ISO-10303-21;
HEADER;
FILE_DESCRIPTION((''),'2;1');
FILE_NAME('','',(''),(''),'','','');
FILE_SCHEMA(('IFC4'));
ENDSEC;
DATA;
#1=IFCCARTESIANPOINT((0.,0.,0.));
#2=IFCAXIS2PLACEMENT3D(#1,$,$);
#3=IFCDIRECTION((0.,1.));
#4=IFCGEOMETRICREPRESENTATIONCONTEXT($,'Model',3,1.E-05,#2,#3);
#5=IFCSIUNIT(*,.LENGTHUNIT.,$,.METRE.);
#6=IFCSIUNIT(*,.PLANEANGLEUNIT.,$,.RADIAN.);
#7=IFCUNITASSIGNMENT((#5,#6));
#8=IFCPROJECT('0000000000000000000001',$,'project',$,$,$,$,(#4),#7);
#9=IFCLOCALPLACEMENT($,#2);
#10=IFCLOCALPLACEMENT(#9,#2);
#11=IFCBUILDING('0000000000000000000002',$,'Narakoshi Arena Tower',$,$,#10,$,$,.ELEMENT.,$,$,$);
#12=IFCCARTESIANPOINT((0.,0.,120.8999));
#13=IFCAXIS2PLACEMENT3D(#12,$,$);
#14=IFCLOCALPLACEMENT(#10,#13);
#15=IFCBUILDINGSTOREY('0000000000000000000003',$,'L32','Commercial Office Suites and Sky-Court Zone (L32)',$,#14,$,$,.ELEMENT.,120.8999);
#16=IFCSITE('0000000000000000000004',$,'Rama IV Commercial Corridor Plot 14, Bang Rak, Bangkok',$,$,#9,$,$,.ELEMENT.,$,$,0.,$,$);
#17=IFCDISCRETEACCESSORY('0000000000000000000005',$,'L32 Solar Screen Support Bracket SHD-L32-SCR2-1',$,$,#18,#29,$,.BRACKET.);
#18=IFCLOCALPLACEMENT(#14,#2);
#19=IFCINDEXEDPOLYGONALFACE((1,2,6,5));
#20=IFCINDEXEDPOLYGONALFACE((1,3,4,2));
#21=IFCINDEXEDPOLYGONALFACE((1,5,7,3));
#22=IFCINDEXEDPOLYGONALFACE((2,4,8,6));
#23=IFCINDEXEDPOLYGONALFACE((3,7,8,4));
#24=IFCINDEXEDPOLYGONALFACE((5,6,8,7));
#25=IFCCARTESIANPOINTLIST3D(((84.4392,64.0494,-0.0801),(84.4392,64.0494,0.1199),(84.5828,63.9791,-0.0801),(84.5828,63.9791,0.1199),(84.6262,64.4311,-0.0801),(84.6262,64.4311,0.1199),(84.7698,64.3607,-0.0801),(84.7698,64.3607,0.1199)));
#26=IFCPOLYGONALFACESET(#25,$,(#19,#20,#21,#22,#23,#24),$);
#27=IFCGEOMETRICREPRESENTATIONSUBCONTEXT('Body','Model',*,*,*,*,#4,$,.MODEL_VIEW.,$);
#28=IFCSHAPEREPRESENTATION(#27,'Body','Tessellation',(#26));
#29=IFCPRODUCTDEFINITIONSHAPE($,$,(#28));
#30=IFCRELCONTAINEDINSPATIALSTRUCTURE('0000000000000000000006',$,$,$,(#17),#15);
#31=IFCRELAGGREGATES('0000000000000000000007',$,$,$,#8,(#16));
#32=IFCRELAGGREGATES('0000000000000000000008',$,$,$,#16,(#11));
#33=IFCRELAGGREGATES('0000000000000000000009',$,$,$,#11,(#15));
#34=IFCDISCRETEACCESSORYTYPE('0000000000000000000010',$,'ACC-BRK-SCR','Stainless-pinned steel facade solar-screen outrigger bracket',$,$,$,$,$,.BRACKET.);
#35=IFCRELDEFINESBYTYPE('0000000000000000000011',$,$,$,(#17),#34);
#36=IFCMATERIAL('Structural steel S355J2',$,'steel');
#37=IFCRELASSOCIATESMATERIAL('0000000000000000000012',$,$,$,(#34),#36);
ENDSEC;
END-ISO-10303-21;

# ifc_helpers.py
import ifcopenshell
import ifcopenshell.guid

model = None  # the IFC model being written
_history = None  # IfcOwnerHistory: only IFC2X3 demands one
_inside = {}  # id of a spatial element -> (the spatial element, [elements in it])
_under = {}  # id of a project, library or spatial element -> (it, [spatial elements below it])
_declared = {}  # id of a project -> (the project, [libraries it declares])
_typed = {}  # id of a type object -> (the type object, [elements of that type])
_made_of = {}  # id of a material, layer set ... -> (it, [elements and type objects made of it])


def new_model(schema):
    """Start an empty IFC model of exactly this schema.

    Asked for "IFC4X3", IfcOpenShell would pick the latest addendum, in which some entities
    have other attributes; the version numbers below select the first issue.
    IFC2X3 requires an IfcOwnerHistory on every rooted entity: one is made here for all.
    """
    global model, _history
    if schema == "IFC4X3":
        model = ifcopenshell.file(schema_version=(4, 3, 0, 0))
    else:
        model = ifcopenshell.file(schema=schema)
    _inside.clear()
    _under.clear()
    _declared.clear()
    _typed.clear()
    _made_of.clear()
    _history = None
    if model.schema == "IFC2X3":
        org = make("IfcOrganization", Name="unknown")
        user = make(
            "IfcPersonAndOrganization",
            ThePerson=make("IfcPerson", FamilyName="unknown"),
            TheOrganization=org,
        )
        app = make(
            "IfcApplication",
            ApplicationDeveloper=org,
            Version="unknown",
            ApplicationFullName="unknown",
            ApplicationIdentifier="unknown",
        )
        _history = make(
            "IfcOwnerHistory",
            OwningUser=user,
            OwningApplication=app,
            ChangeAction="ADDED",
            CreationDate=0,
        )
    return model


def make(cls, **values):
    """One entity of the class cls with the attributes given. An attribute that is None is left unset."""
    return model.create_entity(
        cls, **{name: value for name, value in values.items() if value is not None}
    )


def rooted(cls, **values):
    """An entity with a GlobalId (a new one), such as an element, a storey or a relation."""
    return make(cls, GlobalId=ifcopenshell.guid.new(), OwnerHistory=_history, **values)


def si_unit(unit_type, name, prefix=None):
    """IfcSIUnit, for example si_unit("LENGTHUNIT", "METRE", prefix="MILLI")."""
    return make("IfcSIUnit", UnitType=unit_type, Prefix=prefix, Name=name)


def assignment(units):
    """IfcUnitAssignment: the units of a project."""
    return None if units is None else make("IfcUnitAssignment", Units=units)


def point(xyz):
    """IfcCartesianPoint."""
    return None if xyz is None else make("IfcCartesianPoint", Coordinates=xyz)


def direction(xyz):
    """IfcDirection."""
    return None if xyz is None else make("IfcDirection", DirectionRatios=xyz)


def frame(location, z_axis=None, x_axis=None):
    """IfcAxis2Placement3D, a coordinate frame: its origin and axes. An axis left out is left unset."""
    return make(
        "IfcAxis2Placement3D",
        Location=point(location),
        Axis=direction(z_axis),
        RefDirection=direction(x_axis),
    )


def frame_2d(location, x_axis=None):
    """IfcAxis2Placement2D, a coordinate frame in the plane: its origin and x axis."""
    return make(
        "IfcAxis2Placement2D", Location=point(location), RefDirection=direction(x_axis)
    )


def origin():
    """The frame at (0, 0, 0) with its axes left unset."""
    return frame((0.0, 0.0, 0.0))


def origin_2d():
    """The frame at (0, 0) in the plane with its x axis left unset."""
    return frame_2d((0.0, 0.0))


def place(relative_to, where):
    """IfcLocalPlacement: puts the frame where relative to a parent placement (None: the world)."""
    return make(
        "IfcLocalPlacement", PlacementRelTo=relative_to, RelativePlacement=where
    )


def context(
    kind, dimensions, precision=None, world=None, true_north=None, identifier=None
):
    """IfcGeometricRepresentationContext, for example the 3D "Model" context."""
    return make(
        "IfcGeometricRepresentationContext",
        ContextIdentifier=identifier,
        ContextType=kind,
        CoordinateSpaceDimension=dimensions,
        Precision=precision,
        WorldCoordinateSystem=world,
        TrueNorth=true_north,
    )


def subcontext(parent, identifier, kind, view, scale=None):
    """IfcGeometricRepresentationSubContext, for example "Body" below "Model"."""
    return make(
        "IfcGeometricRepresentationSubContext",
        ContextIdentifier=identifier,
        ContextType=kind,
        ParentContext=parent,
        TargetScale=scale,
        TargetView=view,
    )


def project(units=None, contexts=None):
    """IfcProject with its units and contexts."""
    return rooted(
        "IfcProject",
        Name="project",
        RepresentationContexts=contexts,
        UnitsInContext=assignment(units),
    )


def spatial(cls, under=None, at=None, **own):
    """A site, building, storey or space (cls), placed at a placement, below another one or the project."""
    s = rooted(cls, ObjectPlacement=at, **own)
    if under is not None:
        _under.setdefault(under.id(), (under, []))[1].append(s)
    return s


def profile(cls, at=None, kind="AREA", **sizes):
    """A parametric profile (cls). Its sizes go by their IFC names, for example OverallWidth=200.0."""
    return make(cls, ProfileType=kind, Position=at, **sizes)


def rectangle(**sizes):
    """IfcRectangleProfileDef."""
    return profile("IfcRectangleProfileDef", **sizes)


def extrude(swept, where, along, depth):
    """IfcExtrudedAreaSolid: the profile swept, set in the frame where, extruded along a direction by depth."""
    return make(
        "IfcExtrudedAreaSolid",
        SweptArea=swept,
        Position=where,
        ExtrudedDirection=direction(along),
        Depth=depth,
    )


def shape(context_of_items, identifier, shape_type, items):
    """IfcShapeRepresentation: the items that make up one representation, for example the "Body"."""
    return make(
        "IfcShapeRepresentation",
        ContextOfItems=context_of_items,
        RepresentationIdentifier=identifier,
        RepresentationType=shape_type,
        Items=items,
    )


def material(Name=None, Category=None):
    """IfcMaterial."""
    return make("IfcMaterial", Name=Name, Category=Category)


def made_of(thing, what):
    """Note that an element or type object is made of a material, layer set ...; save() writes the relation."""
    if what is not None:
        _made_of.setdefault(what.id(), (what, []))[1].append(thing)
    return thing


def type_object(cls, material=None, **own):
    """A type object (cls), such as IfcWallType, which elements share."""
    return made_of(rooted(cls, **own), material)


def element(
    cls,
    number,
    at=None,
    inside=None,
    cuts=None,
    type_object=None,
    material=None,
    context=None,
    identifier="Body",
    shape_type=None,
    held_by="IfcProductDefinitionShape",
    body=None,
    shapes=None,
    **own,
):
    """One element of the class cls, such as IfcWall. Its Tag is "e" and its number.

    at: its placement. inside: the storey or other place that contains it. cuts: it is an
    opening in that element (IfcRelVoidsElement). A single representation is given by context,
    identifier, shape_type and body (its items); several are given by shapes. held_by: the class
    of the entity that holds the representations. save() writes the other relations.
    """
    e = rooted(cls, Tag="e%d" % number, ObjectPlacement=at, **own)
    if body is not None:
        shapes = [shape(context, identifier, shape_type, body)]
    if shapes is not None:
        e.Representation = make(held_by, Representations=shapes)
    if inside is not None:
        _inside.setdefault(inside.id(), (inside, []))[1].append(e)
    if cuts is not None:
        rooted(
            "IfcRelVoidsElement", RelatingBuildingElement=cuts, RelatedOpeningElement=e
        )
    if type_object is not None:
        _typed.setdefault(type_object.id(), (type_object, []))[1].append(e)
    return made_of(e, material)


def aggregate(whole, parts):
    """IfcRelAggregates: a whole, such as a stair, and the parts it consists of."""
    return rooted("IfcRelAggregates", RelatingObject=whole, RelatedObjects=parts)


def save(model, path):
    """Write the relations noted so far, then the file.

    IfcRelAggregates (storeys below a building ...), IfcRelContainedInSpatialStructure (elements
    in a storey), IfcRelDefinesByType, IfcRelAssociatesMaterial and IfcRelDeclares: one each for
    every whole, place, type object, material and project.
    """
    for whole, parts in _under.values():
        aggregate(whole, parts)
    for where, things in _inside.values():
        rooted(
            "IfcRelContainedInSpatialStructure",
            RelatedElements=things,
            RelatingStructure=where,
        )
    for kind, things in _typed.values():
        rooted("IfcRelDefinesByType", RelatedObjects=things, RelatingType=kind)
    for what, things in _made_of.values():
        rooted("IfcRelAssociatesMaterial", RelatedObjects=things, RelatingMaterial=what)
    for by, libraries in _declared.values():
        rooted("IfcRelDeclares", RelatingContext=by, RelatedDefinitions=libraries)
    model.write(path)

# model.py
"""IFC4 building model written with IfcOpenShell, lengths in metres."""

from ifc_helpers import new_model, si_unit, direction, frame, origin, origin_2d, place, context, subcontext, project, spatial, rectangle, extrude, material, type_object, element, save


model = new_model("IFC4")

# Units and contexts
model_context = context("Model", 3, precision=1e-05, world=origin(), true_north=direction((0.0, 1.0)))
body_context = subcontext(model_context, "Body", "Model", "MODEL_VIEW")
ifc_project = project(units=[si_unit("LENGTHUNIT", "METRE"), si_unit("PLANEANGLEUNIT", "RADIAN")], contexts=[model_context])

# Site, building, storey
site_placement = place(None, origin())
site = spatial("IfcSite", under=ifc_project, at=site_placement, Name="Rama IV Commercial Corridor Plot 14, Bang Rak, Bangkok", CompositionType="ELEMENT", RefElevation=0.0)
building_placement = place(site_placement, origin())
building = spatial("IfcBuilding", under=site, at=building_placement, Name="Narakoshi Arena Tower", CompositionType="ELEMENT")
storey_placement = place(building_placement, frame((0.0, 0.0, 120.8999)))
storey = spatial("IfcBuildingStorey", under=building, at=storey_placement, Name="L32", Description="Commercial Office Suites and Sky-Court Zone (L32)", CompositionType="ELEMENT", Elevation=120.8999)

# Shared definitions
ifc_material_1 = material(Name="Structural steel S355J2", Category="steel")

# Discrete accessory
discrete_accessory_type = type_object("IfcDiscreteAccessoryType", Name="ACC-BRK-SCR", Description="Stainless-pinned steel facade solar-screen outrigger bracket", PredefinedType="BRACKET", material=ifc_material_1)
discrete_accessory_placement = place(storey_placement, frame((84.6045, 64.2051, -0.0801), z_axis=(0.0, 0.0, 1.0), x_axis=(-0.897997, 0.440002, 0.0)))
element("IfcDiscreteAccessory", 1, at=discrete_accessory_placement, inside=storey, type_object=discrete_accessory_type, Name="L32 Solar Screen Support Bracket SHD-L32-SCR2-1", PredefinedType="BRACKET", context=body_context, shape_type="SweptSolid", body=[
    extrude(rectangle(XDim=0.1599, YDim=0.425, at=origin_2d()), origin(), (0.0, 0.0, 1.0), 0.2),
])

save(model, "model.ifc")
